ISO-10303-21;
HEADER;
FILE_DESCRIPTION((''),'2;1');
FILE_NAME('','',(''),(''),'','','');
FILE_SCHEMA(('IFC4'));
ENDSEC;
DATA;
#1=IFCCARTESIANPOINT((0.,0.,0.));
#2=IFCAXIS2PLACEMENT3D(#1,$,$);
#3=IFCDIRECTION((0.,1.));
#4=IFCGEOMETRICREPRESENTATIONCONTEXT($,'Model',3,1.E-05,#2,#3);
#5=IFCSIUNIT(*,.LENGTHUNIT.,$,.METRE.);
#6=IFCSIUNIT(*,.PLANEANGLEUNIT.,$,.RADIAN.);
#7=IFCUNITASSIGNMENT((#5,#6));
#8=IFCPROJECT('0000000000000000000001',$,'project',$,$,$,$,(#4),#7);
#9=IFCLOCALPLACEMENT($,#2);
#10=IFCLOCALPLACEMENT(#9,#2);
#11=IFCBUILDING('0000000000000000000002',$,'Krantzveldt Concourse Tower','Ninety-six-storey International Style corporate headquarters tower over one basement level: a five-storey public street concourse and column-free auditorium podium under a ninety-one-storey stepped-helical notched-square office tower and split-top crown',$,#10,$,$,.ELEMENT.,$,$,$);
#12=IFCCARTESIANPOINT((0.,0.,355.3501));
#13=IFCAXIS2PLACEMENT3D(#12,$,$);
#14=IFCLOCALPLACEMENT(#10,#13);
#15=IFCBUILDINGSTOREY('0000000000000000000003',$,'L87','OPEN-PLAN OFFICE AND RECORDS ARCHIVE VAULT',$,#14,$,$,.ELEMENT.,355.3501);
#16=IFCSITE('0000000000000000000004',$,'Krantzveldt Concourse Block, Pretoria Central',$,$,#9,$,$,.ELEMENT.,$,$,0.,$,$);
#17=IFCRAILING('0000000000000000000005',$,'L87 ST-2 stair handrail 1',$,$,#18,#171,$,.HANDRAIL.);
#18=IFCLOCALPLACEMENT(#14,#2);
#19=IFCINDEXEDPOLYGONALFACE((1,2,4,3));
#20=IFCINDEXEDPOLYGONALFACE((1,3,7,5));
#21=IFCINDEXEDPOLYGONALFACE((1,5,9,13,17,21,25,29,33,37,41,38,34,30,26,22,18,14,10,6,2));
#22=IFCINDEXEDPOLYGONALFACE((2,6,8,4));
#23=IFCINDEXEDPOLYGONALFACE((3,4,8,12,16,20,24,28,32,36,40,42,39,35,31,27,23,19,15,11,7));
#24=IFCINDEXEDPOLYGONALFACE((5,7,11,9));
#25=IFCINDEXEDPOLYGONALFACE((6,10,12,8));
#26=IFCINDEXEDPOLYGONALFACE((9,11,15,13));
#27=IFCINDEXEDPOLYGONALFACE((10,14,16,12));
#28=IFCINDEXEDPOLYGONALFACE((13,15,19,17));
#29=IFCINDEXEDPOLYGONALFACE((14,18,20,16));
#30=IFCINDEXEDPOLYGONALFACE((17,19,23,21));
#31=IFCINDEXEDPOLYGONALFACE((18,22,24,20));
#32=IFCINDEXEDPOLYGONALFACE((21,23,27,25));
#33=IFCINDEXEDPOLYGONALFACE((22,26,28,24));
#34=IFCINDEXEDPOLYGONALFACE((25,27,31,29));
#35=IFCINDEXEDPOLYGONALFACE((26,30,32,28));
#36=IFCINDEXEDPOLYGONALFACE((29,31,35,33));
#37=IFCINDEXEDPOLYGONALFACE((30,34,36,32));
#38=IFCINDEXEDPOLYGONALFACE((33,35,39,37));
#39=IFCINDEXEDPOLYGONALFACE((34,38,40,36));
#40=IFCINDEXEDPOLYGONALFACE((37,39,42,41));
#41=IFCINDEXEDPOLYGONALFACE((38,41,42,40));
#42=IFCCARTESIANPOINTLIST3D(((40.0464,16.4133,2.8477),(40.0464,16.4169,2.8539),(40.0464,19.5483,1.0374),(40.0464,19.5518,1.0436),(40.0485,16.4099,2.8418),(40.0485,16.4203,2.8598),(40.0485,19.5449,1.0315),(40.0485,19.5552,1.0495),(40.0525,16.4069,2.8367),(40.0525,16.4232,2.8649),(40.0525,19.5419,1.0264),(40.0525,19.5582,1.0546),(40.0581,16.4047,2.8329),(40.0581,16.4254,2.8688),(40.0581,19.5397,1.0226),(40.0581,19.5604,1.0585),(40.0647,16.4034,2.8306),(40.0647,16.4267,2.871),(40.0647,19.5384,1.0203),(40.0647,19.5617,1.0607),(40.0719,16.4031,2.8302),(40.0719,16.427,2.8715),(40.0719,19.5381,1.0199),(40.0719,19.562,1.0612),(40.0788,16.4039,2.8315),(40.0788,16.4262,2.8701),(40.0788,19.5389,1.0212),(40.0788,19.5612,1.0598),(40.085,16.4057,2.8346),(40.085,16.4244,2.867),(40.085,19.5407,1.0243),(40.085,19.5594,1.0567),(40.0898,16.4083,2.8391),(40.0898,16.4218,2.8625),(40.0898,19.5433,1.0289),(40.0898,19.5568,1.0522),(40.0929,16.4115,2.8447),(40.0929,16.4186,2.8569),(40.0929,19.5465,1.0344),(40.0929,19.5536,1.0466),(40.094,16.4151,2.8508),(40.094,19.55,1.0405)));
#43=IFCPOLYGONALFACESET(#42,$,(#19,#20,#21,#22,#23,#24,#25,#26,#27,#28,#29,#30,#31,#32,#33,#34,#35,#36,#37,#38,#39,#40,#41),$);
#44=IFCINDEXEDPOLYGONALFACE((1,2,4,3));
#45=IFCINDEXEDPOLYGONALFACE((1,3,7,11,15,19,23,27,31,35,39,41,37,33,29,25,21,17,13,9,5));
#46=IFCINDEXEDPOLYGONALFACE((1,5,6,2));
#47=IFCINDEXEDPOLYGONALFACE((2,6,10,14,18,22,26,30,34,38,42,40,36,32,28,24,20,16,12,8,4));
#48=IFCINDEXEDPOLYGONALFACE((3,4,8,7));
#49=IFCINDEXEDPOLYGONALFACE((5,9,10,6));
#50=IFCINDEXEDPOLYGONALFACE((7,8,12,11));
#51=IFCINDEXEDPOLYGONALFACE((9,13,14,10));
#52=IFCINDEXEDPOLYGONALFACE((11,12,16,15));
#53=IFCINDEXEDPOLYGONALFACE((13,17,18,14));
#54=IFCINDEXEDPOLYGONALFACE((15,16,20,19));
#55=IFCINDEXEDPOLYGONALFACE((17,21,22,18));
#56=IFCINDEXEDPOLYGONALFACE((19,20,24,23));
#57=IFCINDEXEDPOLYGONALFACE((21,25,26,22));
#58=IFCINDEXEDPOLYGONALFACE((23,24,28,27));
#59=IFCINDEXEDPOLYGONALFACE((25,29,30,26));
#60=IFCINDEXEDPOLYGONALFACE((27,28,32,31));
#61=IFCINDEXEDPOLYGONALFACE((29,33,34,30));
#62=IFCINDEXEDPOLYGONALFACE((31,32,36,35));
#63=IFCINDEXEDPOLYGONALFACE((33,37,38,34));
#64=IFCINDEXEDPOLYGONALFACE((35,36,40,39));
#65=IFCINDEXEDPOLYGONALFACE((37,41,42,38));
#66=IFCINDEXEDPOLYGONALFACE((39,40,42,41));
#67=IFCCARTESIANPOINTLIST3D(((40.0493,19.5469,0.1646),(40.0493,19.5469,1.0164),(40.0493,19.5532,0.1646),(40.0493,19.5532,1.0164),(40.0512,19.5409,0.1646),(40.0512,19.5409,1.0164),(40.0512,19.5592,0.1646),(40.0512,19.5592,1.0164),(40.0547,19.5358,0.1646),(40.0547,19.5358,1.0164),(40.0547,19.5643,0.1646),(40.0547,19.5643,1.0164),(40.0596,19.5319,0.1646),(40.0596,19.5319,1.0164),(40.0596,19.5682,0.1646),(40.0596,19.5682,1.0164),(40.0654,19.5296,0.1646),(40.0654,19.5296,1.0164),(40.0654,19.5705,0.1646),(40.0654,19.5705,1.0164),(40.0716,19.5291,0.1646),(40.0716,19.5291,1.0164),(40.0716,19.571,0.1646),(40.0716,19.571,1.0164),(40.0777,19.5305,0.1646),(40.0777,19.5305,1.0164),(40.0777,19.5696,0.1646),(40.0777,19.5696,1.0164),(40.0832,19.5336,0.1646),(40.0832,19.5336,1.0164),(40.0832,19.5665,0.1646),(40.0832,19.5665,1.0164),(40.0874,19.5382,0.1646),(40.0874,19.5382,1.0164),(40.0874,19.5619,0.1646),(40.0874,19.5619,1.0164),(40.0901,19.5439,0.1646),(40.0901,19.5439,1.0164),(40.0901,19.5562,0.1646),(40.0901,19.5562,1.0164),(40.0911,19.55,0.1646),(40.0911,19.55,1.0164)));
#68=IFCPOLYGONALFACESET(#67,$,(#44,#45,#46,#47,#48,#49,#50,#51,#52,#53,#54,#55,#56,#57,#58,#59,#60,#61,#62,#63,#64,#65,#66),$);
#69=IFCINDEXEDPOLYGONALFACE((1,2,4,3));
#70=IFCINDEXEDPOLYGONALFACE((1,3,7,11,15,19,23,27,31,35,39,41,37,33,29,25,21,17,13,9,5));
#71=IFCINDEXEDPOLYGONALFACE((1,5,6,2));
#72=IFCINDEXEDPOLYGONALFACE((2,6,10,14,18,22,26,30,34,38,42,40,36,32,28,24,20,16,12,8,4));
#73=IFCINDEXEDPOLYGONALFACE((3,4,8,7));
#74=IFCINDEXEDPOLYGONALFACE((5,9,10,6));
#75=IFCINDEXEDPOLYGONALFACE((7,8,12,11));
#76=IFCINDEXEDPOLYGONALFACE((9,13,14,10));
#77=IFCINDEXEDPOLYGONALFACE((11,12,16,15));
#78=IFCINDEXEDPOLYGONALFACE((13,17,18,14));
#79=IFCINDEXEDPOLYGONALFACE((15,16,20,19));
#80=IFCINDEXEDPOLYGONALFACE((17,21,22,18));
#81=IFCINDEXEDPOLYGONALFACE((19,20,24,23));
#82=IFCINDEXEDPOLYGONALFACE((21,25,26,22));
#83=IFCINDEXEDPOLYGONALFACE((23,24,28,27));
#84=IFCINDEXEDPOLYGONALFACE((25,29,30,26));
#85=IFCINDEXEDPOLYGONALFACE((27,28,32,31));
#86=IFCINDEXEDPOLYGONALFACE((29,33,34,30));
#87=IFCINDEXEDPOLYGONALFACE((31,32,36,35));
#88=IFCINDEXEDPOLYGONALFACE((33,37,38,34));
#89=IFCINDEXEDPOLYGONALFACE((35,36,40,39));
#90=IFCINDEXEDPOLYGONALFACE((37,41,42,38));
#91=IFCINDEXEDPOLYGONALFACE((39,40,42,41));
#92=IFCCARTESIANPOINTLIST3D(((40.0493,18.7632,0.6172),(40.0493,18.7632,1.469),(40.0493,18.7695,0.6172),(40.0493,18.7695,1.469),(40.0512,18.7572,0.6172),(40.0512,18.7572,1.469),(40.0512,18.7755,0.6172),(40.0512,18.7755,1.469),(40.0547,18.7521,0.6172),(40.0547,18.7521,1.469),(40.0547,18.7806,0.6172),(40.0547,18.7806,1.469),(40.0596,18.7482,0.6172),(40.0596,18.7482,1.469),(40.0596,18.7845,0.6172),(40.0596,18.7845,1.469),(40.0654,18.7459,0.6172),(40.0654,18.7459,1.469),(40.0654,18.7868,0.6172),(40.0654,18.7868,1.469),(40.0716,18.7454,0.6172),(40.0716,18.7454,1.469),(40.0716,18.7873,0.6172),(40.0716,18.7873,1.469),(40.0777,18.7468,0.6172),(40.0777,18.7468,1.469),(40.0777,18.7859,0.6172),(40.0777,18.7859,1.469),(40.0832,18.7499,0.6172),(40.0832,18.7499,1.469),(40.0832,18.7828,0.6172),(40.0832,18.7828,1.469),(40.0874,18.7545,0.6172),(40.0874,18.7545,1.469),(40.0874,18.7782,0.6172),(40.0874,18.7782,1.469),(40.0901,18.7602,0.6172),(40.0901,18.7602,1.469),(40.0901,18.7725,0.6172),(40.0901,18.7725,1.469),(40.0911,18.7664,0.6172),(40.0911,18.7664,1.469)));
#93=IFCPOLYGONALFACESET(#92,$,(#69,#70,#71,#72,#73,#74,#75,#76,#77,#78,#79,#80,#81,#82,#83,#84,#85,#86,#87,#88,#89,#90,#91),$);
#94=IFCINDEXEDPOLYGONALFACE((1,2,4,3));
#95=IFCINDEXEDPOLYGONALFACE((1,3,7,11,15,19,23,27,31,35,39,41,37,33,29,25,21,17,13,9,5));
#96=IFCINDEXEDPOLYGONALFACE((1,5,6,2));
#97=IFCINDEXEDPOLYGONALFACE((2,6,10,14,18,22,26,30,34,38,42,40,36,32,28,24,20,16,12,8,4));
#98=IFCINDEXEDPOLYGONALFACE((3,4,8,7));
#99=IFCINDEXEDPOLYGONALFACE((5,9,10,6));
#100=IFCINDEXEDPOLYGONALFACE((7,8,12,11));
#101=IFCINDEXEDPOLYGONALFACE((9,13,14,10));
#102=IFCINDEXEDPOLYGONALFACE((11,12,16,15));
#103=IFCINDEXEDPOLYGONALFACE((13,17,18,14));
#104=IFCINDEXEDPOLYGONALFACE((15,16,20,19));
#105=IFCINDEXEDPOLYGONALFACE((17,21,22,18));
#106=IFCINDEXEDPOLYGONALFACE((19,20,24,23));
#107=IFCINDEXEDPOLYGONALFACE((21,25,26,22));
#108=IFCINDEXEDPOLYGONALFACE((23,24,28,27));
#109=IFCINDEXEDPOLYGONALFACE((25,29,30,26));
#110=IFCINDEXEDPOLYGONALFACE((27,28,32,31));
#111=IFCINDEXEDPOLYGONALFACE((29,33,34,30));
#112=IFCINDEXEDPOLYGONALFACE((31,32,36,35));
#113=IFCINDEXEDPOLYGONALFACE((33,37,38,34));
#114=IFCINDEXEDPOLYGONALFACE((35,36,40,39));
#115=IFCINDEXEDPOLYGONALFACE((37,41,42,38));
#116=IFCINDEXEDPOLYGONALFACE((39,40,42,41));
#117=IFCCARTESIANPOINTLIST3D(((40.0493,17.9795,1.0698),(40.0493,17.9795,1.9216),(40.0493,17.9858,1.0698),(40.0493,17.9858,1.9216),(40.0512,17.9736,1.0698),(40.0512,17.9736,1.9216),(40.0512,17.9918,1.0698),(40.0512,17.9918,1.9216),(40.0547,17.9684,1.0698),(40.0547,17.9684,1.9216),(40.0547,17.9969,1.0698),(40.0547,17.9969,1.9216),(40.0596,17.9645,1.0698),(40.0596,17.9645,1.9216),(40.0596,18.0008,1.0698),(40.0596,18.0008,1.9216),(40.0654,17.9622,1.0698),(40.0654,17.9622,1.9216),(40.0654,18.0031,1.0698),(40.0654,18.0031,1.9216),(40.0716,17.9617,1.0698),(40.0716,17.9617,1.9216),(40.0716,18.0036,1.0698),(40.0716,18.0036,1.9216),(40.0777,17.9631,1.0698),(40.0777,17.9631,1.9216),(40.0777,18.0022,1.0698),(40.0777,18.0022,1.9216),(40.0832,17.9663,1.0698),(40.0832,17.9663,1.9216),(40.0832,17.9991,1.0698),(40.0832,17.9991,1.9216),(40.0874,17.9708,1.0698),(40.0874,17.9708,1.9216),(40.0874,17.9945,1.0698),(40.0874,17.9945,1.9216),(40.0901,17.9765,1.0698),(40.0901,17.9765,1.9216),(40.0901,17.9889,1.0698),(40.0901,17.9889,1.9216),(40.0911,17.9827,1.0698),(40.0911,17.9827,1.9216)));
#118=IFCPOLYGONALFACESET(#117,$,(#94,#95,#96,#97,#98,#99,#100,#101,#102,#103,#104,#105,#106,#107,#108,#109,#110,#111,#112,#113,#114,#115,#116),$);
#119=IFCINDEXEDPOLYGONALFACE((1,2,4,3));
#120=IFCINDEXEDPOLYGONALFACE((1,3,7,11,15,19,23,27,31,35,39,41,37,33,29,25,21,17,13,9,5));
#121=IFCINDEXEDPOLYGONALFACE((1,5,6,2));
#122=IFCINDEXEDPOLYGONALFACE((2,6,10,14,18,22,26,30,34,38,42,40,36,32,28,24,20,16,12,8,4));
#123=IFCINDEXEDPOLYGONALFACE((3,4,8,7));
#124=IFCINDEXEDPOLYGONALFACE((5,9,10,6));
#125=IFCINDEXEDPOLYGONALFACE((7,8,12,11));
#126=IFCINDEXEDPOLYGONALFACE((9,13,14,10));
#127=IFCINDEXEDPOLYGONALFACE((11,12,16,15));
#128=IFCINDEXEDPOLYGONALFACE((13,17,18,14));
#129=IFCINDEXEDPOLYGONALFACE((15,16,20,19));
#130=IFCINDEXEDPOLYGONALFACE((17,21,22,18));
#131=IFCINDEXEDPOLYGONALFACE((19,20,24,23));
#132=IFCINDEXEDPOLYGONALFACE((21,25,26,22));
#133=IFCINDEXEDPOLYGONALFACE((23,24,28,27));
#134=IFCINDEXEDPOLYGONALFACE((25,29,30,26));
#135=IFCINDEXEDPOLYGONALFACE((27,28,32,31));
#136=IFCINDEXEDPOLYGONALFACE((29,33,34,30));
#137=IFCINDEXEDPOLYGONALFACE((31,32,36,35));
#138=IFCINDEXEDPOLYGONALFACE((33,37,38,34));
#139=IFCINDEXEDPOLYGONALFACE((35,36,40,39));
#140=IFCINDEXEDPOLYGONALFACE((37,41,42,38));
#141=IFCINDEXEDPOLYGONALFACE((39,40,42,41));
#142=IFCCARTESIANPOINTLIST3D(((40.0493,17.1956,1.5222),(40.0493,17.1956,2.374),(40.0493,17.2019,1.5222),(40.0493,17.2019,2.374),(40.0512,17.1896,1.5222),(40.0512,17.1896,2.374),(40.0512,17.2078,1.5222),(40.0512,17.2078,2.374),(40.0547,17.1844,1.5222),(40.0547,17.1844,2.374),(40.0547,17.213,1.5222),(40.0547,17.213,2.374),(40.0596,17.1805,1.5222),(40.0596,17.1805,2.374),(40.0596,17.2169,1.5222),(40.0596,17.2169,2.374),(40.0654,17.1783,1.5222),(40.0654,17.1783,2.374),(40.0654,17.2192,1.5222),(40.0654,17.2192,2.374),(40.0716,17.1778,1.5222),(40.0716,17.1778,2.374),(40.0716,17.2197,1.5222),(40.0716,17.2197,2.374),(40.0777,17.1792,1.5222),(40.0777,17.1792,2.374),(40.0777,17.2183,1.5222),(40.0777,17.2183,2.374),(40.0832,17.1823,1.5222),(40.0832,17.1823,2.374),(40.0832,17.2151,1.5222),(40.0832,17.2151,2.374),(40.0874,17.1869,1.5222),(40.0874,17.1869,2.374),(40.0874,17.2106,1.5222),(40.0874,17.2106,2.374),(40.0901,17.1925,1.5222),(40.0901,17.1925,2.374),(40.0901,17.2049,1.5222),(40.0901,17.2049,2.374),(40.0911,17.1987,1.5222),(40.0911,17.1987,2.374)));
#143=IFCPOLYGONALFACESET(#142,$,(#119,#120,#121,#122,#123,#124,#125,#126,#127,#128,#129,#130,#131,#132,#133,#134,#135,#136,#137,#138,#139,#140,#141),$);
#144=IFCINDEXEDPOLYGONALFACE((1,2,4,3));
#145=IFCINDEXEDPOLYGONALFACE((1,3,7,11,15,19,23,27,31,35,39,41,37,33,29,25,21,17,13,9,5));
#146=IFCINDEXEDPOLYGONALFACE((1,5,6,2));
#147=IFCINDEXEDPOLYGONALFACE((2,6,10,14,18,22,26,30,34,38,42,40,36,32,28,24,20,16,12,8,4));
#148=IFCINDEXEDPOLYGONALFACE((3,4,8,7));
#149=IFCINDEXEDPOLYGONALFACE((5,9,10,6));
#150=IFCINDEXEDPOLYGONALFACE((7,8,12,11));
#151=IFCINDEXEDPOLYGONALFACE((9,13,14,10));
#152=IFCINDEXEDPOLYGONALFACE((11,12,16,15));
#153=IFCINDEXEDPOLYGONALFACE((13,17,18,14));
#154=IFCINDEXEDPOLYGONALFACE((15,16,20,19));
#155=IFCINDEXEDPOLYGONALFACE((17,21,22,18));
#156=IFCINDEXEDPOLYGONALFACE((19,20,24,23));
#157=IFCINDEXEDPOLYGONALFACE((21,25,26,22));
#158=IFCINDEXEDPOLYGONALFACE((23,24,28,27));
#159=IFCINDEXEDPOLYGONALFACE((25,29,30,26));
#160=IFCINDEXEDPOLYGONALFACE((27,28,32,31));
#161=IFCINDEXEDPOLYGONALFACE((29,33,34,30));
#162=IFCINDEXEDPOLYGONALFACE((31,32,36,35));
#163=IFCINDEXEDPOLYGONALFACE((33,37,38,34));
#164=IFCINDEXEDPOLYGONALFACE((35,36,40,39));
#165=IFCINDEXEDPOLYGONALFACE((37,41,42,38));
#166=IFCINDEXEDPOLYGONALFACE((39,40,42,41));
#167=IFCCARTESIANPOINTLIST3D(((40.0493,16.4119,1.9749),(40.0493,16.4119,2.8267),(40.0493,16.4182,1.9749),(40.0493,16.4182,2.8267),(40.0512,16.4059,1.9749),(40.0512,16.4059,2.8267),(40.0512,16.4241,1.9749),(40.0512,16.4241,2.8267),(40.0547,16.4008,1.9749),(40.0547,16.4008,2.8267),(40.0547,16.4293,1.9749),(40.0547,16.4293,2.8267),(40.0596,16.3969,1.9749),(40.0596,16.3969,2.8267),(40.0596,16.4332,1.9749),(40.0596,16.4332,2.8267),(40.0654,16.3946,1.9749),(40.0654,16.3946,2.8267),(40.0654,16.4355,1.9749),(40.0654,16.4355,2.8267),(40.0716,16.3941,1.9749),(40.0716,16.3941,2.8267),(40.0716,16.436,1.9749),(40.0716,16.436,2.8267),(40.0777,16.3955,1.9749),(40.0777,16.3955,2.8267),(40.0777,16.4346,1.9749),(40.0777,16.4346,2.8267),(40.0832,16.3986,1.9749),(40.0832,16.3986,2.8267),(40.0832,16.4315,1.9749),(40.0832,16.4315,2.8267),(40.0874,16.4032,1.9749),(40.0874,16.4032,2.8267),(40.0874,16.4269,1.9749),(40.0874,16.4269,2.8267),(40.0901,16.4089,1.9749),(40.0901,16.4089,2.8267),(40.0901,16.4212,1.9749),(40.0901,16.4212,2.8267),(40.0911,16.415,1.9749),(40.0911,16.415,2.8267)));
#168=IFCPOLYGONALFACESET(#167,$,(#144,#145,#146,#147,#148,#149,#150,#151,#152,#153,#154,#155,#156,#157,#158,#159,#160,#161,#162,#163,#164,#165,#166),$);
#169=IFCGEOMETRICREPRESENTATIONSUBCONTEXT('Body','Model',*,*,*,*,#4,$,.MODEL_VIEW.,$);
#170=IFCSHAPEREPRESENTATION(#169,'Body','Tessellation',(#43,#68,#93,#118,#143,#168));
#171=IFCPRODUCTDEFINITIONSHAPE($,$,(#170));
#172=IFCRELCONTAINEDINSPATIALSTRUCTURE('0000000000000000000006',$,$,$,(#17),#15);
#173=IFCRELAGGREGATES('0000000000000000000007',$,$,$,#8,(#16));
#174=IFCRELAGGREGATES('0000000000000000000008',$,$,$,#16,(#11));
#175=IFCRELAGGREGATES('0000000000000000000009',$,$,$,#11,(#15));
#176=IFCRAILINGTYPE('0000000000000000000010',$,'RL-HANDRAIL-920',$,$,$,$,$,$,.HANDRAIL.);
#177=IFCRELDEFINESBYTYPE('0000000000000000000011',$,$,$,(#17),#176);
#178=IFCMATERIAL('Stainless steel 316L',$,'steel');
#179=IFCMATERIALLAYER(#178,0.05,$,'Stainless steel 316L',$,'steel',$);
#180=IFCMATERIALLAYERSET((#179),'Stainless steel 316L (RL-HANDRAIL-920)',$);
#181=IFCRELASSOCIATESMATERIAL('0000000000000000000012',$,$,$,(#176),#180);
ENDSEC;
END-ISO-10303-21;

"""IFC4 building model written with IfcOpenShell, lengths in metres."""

from ifc_helpers import new_model, si_unit, direction, frame, origin, origin_2d, place, context, subcontext, project, spatial, circle, extrude, material, layer, layer_set, type_object, element, save


model = new_model("IFC4")

# Units and contexts
model_context = context("Model", 3, precision=1e-05, world=origin(), true_north=direction((0.0, 1.0)))
body_context = subcontext(model_context, "Body", "Model", "MODEL_VIEW")
ifc_project = project(units=[si_unit("LENGTHUNIT", "METRE"), si_unit("PLANEANGLEUNIT", "RADIAN")], contexts=[model_context])

# Site, building, storey
site_placement = place(None, origin())
site = spatial("IfcSite", under=ifc_project, at=site_placement, Name="Krantzveldt Concourse Block, Pretoria Central", CompositionType="ELEMENT", RefElevation=0.0)
building_placement = place(site_placement, origin())
building = spatial("IfcBuilding", under=site, at=building_placement, Name="Krantzveldt Concourse Tower", Description="Ninety-six-storey International Style corporate headquarters tower over one basement level: a five-storey public street concourse and column-free auditorium podium under a ninety-one-storey stepped-helical notched-square office tower and split-top crown", CompositionType="ELEMENT")
storey_placement = place(building_placement, frame((0.0, 0.0, 355.3501)))
storey = spatial("IfcBuildingStorey", under=building, at=storey_placement, Name="L87", Description="OPEN-PLAN OFFICE AND RECORDS ARCHIVE VAULT", CompositionType="ELEMENT", Elevation=355.3501)

# Shared definitions
ifc_material_1 = material(Name="Stainless steel 316L", Category="steel")

# Railing
ifc_layer_1 = layer(ifc_material_1, 0.05, Name="Stainless steel 316L", Category="steel")
ifc_layer_set_1 = layer_set([ifc_layer_1], Name="Stainless steel 316L (RL-HANDRAIL-920)")
railing_type_1 = type_object("IfcRailingType", Name="RL-HANDRAIL-920", PredefinedType="HANDRAIL", material=ifc_layer_set_1)
railing_1_placement = place(storey_placement, frame((40.0701, 19.55, 0.1646)))
element("IfcRailing", 1, at=railing_1_placement, inside=storey, type_object=railing_type_1, Name="L87 ST-2 stair handrail 1", PredefinedType="HANDRAIL", context=body_context, shape_type="SweptSolid", body=[
    extrude(circle(Radius=0.0239, at=origin_2d()), frame((0.0, 0.0, 0.876), z_axis=(0.0, -0.865989, 0.500063), x_axis=(1.0, 0.0, 0.0)), (0.0, 0.0, 1.0), 3.6201),
    extrude(circle(Radius=0.021, at=origin_2d()), origin(), (0.0, 0.0, 1.0), 0.8518),
    extrude(circle(Radius=0.021, at=origin_2d()), frame((0.0, -0.7837, 0.4526)), (0.0, 0.0, 1.0), 0.8518),
    extrude(circle(Radius=0.021, at=origin_2d()), frame((0.0, -1.5674, 0.9053)), (0.0, 0.0, 1.0), 0.8518),
    extrude(circle(Radius=0.021, at=origin_2d()), frame((0.0, -2.3513, 1.3577)), (0.0, 0.0, 1.0), 0.8518),
    extrude(circle(Radius=0.021, at=origin_2d()), frame((0.0, -3.135, 1.8103)), (0.0, 0.0, 1.0), 0.8518),
])

save(model, "model.ifc")
